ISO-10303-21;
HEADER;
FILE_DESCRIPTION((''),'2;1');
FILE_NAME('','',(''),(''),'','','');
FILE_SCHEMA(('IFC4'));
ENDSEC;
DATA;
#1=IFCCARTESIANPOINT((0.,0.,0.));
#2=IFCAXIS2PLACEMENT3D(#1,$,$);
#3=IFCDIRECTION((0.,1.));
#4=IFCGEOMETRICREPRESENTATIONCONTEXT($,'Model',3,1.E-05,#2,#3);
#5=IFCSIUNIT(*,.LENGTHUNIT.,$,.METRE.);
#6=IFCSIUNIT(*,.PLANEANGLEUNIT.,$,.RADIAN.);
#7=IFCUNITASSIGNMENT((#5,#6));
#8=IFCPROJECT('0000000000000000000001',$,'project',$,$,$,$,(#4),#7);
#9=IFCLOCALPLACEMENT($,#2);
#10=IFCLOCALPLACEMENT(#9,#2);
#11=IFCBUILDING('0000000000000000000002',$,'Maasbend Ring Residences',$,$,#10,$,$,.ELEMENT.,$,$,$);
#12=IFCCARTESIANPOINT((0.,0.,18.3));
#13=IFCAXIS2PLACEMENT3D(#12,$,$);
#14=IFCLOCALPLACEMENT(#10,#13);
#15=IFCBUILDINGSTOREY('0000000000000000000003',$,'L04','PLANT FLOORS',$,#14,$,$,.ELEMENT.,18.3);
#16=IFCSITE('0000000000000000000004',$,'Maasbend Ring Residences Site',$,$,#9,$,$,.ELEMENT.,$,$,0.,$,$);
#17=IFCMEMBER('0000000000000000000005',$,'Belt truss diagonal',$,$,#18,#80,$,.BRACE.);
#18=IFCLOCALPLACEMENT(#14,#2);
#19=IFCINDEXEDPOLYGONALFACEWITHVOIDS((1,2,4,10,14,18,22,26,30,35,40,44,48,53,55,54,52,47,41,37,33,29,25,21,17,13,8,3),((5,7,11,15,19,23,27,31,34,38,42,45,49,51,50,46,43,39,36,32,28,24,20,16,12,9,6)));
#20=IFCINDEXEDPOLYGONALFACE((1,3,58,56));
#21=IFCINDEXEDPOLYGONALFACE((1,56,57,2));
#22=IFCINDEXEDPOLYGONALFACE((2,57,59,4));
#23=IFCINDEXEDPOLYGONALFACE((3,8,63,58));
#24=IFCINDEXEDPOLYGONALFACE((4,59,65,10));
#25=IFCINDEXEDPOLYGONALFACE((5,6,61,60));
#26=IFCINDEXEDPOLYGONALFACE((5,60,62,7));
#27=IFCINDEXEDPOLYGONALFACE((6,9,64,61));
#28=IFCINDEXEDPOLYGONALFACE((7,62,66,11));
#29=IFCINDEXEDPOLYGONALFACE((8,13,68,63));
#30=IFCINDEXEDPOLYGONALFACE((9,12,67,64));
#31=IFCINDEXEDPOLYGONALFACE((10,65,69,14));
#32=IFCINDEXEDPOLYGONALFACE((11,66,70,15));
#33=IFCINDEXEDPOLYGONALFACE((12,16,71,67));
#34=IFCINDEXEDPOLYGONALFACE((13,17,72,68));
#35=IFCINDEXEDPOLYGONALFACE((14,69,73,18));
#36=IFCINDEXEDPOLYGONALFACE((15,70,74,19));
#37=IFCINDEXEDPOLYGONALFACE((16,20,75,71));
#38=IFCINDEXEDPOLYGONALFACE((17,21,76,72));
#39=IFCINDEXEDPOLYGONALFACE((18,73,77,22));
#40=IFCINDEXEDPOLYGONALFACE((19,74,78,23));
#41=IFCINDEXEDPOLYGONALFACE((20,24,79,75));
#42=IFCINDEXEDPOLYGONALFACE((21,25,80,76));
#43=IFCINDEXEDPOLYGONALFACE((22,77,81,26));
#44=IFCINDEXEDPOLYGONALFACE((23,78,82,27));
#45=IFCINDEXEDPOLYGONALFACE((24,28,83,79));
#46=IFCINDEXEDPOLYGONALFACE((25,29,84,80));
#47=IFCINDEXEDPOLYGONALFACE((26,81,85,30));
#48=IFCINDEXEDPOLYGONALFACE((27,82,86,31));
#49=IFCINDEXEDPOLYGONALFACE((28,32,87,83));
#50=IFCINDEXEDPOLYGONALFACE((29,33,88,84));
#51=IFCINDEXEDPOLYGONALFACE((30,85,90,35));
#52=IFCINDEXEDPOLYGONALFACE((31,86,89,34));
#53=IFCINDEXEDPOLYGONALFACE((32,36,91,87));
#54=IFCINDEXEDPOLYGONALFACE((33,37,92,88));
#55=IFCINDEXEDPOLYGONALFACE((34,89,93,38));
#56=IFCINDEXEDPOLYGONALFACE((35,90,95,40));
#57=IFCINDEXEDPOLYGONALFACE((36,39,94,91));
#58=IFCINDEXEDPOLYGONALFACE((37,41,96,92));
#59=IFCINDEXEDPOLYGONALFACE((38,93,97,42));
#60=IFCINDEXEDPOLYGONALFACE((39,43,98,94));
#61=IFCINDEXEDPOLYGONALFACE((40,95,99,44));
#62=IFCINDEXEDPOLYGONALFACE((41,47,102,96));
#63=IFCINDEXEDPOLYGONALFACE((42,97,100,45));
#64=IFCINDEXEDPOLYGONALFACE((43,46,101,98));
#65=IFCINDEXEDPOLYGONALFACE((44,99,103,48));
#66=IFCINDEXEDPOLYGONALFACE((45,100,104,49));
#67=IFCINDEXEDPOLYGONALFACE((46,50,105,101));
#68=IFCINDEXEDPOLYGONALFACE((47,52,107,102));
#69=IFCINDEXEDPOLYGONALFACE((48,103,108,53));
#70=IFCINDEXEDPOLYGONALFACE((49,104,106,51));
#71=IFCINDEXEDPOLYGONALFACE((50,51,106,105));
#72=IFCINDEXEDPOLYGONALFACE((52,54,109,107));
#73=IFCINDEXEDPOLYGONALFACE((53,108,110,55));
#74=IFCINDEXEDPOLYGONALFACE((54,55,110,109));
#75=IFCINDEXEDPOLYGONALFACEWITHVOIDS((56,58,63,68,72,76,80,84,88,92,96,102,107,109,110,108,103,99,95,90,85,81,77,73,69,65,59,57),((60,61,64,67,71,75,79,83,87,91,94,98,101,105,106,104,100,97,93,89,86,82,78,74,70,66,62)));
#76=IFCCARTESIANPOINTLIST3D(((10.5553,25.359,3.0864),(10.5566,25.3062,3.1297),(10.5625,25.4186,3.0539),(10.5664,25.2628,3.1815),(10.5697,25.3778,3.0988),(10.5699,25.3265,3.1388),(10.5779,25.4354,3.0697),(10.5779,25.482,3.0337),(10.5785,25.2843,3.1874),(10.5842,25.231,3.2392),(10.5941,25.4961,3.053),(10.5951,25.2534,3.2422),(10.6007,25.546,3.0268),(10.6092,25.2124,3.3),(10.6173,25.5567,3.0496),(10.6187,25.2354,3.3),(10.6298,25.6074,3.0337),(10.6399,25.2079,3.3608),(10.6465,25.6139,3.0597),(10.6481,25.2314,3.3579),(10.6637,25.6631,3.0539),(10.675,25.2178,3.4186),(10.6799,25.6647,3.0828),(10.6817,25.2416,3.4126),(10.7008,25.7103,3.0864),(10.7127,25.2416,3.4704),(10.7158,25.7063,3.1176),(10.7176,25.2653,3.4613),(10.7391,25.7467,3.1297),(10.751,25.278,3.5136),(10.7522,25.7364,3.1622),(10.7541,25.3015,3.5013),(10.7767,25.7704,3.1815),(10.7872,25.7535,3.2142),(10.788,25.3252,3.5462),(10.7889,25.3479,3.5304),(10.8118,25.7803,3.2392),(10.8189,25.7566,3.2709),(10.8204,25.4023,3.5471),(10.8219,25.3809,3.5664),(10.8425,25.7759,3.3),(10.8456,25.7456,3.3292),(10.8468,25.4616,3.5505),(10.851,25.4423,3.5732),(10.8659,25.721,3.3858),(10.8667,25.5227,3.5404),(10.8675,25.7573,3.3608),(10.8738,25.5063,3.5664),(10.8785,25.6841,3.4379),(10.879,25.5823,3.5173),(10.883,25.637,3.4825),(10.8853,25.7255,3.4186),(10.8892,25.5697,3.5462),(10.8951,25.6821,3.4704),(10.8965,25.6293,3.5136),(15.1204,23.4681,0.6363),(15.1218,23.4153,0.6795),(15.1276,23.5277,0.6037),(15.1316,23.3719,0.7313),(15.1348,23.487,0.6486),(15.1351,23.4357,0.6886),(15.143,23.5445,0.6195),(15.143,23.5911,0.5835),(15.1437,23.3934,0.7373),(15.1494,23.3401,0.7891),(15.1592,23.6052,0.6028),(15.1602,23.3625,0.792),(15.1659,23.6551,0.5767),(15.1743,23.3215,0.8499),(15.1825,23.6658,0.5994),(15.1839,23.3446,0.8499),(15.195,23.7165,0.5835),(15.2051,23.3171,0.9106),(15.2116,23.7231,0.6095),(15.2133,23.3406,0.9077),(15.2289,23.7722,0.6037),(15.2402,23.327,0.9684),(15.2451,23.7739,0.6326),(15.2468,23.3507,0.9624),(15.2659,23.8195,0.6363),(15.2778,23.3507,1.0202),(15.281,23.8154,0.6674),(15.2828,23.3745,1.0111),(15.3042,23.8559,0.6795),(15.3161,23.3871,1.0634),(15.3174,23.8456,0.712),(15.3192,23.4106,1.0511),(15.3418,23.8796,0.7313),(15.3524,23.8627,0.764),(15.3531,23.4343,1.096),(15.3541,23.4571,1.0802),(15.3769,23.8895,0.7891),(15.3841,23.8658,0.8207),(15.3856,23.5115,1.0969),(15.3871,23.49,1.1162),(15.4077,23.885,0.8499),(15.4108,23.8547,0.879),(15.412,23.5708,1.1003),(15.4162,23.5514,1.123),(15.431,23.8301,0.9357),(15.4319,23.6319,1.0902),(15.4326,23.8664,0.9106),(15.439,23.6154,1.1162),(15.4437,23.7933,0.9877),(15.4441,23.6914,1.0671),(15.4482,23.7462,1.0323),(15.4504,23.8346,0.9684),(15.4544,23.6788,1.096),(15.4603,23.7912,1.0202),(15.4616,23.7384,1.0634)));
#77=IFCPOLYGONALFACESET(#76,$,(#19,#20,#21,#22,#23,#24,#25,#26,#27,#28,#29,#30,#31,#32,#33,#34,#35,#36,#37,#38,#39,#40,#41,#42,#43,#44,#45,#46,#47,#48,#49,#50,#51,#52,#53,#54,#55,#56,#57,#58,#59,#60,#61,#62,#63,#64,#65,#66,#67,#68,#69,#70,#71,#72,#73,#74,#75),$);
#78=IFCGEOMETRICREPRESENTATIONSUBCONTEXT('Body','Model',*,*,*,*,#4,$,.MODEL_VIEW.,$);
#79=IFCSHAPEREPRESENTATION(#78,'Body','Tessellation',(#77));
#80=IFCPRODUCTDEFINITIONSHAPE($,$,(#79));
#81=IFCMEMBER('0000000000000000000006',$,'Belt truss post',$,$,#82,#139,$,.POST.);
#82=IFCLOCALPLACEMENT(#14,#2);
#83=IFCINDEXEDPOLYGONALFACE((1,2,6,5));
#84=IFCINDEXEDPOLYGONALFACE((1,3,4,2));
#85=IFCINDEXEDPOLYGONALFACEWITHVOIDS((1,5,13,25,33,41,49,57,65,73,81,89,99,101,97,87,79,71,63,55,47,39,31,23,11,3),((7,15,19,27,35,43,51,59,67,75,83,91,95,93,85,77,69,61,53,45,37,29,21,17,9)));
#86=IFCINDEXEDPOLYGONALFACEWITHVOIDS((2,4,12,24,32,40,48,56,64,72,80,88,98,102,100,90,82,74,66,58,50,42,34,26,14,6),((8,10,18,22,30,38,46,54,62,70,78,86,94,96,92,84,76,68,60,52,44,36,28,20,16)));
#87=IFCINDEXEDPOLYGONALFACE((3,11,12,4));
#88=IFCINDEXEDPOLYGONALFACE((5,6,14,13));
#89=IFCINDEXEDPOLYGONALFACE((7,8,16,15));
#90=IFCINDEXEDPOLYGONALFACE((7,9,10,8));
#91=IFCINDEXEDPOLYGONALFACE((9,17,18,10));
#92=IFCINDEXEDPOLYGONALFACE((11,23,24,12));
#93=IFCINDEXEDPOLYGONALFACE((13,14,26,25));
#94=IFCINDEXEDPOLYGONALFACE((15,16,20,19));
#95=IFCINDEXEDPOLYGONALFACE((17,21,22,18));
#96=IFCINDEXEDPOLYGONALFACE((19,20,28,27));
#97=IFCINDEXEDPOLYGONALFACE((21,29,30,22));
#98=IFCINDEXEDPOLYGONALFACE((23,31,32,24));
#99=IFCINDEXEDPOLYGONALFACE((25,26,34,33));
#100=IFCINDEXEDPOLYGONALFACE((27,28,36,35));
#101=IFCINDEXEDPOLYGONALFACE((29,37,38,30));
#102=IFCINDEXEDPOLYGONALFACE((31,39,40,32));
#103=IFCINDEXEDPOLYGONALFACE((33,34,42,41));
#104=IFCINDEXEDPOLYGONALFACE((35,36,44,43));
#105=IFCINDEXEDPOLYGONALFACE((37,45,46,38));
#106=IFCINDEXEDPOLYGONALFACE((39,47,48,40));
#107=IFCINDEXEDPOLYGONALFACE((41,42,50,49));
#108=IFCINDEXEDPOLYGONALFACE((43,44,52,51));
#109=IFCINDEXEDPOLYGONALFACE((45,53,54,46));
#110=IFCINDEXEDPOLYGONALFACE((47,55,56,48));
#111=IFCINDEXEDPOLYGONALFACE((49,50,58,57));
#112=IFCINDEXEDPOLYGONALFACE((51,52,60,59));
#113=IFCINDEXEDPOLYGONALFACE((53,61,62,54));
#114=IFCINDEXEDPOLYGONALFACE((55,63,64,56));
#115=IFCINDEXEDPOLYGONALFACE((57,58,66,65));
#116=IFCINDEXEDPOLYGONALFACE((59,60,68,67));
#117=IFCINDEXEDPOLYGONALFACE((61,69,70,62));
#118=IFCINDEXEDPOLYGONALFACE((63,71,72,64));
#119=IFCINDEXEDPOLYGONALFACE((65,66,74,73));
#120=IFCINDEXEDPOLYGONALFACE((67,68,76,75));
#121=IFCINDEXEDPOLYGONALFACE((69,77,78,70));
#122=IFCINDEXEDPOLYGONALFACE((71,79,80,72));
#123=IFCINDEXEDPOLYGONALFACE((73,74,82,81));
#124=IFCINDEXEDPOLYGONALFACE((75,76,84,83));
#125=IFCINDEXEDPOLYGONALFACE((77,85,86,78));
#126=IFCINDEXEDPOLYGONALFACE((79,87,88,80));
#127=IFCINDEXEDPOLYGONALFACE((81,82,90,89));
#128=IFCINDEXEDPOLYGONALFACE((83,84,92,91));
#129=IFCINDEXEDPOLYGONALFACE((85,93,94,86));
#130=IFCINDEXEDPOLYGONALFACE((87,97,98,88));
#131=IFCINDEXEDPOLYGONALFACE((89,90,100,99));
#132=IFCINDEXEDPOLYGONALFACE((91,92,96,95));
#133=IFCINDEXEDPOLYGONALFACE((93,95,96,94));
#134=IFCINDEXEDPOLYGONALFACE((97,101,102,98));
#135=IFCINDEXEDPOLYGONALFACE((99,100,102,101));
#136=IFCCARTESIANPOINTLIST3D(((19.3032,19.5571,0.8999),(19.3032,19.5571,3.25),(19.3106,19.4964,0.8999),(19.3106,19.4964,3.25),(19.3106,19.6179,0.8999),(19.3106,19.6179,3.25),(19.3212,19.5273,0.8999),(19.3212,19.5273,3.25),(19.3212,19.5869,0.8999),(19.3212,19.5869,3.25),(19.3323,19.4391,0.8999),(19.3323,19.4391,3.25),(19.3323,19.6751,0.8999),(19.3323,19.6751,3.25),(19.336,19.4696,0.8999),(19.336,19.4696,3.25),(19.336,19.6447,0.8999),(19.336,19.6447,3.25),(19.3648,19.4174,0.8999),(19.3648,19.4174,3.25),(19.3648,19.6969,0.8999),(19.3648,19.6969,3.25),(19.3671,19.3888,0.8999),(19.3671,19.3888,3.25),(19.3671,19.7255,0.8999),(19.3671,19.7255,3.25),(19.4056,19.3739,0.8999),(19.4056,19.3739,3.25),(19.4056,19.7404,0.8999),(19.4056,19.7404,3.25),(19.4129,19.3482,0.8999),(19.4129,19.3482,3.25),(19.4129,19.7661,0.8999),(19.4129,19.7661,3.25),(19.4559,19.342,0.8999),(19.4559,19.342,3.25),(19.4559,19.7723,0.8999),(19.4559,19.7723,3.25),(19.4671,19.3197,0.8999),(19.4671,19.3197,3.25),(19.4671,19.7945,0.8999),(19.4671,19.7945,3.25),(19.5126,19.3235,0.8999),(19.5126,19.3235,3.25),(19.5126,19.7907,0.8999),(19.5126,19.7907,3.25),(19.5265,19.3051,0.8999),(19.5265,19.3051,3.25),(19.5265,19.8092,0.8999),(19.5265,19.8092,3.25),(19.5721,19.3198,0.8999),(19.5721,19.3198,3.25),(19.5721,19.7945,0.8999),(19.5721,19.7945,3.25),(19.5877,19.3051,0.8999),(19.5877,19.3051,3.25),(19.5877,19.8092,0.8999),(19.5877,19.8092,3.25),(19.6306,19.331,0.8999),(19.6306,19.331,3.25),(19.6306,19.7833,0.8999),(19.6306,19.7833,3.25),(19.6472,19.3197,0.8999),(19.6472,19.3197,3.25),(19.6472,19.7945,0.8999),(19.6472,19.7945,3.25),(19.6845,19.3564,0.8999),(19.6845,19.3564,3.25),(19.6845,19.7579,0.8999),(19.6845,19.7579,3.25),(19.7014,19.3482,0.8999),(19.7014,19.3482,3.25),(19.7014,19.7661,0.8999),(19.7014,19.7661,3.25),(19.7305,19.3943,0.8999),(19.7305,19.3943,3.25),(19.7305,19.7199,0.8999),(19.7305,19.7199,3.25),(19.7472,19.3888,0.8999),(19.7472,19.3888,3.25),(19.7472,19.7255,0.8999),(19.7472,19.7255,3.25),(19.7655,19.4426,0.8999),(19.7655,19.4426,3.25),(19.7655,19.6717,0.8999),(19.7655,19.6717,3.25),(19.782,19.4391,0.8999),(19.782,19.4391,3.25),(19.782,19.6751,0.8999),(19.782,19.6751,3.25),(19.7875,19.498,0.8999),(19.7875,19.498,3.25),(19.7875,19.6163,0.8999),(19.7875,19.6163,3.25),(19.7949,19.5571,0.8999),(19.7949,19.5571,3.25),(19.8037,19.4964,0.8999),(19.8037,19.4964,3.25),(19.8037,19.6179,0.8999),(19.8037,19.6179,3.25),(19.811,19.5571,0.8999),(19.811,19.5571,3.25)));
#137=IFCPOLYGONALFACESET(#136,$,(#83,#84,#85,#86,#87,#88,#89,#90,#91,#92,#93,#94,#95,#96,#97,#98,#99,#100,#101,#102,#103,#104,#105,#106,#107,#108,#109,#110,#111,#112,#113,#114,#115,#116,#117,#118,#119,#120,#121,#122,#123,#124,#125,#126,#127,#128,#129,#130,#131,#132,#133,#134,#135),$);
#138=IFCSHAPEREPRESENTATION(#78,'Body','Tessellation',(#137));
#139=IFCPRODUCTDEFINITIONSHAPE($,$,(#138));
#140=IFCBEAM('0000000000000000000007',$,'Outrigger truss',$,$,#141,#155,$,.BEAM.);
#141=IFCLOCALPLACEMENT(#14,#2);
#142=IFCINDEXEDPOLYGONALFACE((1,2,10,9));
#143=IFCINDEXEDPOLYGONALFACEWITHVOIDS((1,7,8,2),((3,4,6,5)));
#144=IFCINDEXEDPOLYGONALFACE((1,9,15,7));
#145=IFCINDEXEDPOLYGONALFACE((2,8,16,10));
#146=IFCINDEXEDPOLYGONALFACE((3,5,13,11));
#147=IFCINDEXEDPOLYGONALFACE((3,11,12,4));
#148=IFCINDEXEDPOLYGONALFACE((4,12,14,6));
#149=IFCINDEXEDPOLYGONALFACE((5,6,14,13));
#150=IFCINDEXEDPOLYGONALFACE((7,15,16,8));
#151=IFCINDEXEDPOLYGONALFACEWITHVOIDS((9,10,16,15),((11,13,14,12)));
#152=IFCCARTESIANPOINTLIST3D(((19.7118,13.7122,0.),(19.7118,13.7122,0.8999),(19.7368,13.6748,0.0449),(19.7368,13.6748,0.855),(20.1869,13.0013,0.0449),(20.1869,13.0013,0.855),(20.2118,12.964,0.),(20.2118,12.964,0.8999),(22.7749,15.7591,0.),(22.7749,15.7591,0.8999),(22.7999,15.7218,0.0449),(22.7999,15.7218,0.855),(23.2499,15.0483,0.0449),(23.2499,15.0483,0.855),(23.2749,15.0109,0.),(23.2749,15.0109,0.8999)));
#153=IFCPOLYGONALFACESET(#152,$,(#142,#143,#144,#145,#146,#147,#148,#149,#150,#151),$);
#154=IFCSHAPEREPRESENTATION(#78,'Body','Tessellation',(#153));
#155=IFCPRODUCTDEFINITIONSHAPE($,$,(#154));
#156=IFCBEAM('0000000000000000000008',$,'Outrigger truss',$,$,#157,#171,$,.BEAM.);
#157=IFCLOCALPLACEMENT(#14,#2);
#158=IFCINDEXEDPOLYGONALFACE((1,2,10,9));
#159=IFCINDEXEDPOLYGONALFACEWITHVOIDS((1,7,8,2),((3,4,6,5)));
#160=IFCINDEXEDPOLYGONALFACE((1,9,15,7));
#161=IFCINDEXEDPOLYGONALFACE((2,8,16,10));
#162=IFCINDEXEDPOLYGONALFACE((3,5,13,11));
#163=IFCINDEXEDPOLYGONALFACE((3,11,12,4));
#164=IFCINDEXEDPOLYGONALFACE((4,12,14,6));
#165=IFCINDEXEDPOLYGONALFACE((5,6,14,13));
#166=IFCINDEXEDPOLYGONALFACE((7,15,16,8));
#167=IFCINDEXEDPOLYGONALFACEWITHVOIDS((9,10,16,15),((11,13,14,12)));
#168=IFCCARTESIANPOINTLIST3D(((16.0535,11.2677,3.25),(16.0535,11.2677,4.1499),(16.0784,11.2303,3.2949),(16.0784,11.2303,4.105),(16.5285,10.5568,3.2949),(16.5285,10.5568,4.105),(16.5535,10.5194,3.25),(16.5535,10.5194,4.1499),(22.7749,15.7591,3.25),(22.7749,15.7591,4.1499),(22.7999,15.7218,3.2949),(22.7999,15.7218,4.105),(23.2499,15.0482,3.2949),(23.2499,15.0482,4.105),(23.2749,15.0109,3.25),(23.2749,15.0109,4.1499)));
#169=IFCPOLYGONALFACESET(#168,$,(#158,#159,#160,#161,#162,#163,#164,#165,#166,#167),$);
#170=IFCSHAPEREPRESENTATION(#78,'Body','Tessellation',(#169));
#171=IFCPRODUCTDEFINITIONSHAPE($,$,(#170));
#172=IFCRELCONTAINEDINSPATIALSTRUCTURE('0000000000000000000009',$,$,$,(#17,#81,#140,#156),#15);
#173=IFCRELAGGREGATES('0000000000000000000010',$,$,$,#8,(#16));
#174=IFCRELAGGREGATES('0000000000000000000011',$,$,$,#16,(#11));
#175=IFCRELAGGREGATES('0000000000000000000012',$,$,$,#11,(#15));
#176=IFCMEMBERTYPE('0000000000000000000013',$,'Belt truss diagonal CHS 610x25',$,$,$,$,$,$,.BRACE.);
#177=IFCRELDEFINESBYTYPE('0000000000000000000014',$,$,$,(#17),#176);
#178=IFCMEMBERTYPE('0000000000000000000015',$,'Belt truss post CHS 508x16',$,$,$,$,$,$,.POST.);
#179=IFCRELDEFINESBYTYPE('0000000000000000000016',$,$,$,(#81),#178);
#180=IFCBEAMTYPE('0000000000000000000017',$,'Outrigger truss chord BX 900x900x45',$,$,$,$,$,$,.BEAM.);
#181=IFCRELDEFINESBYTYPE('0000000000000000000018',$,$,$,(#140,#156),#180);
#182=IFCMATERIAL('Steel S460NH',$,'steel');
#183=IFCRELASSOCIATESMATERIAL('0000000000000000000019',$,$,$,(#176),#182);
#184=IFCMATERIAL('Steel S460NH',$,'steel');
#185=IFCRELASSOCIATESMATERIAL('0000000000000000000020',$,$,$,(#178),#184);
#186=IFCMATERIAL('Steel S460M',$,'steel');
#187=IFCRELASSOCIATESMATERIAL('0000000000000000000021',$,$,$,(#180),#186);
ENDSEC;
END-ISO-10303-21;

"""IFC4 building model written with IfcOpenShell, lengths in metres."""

from ifc_helpers import new_model, si_unit, direction, frame, origin, origin_2d, place, context, subcontext, project, spatial, hollow_rectangle, hollow_circle, extrude, material, material_profile, profile_set, type_object, element, save


model = new_model("IFC4")

# Units and contexts
model_context = context("Model", 3, precision=1e-05, world=origin(), true_north=direction((0.0, 1.0)))
body_context = subcontext(model_context, "Body", "Model", "MODEL_VIEW")
ifc_project = project(units=[si_unit("LENGTHUNIT", "METRE"), si_unit("PLANEANGLEUNIT", "RADIAN")], contexts=[model_context])

# Site, building, storey
site_placement = place(None, origin())
site = spatial("IfcSite", under=ifc_project, at=site_placement, Name="Maasbend Ring Residences Site", CompositionType="ELEMENT", RefElevation=0.0)
building_placement = place(site_placement, origin())
building = spatial("IfcBuilding", under=site, at=building_placement, Name="Maasbend Ring Residences", CompositionType="ELEMENT")
storey_placement = place(building_placement, frame((0.0, 0.0, 18.3)))
storey = spatial("IfcBuildingStorey", under=building, at=storey_placement, Name="L04", Description="PLANT FLOORS", CompositionType="ELEMENT", Elevation=18.3)

# Members
ifc_material_1 = material(Name="Steel S460NH", Category="steel")
ifc_material_profile_1 = material_profile(ifc_material_1, hollow_circle(Radius=0.3049, WallThickness=0.0249, at=origin_2d()), Name="Belt truss diagonal CHS 610x25")
ifc_profile_set_1 = profile_set([ifc_material_profile_1], Name="Steel S460NH")
member_type_1 = type_object("IfcMemberType", Name="Belt truss diagonal CHS 610x25", PredefinedType="BRACE", material=ifc_profile_set_1)
for number, where, z_axis, x_axis, name in (
    (1, (15.291, 23.6033, 0.8499), (-0.827714, 0.342834, 0.444245), (-0.382667, -0.923886, 0.0), "Belt truss diagonal"),
):
    element("IfcMember", number, at=place(storey_placement, frame(where, z_axis=z_axis, x_axis=x_axis)), inside=storey, type_object=member_type_1, Name=name, PredefinedType="BRACE", context=body_context, shape_type="SweptSolid", body=[
        extrude(hollow_circle(Radius=0.3049, WallThickness=0.0249, at=origin_2d()), origin(), (0.0, 0.0, 1.0), 5.5154),
    ])
ifc_material_2 = material(Name="Steel S460NH", Category="steel")
ifc_material_profile_2 = material_profile(ifc_material_2, hollow_circle(Radius=0.2539, WallThickness=0.0161, at=origin_2d()), Name="Belt truss post CHS 508x16")
ifc_profile_set_2 = profile_set([ifc_material_profile_2], Name="Steel S460NH")
member_type_2 = type_object("IfcMemberType", Name="Belt truss post CHS 508x16", PredefinedType="POST", material=ifc_profile_set_2)
member_1_placement = place(storey_placement, frame((19.5571, 19.5571, 0.8999), z_axis=(0.0, 0.0, 1.0), x_axis=(1.0, 0.0, 0.0)))
element("IfcMember", 2, at=member_1_placement, inside=storey, type_object=member_type_2, Name="Belt truss post", PredefinedType="POST", context=body_context, shape_type="SweptSolid", body=[
    extrude(hollow_circle(Radius=0.2539, WallThickness=0.0161, at=origin_2d()), origin(), (0.0, 0.0, 1.0), 2.3501),
])

# Beams
ifc_material_3 = material(Name="Steel S460M", Category="steel")
ifc_material_profile_3 = material_profile(ifc_material_3, hollow_rectangle(XDim=0.8999, YDim=0.8999, WallThickness=0.0449, at=origin_2d()), Name="Outrigger truss chord BX 900x900x45")
ifc_profile_set_3 = profile_set([ifc_material_profile_3], Name="Steel S460M")
beam_type_1 = type_object("IfcBeamType", Name="Outrigger truss chord BX 900x900x45", PredefinedType="BEAM", material=ifc_profile_set_3)
beam_1_placement = place(storey_placement, frame((23.0249, 15.385, 0.45), z_axis=(-0.831438, -0.555617, 0.0), x_axis=(0.555617, -0.831438, 0.0)))
element("IfcBeam", 3, at=beam_1_placement, inside=storey, type_object=beam_type_1, Name="Outrigger truss", PredefinedType="BEAM", context=body_context, shape_type="SweptSolid", body=[
    extrude(hollow_rectangle(XDim=0.8999, YDim=0.8999, WallThickness=0.0449, at=origin_2d()), origin(), (0.0, 0.0, 1.0), 3.6841),
])
beam_2_placement = place(storey_placement, frame((23.0249, 15.385, 3.7), z_axis=(-0.83145, -0.555599, 0.0), x_axis=(0.555599, -0.83145, 0.0)))
element("IfcBeam", 4, at=beam_2_placement, inside=storey, type_object=beam_type_1, Name="Outrigger truss", PredefinedType="BEAM", context=body_context, shape_type="SweptSolid", body=[
    extrude(hollow_rectangle(XDim=0.8999, YDim=0.8999, WallThickness=0.0449, at=origin_2d()), origin(), (0.0, 0.0, 1.0), 8.084),
])

save(model, "model.ifc")
